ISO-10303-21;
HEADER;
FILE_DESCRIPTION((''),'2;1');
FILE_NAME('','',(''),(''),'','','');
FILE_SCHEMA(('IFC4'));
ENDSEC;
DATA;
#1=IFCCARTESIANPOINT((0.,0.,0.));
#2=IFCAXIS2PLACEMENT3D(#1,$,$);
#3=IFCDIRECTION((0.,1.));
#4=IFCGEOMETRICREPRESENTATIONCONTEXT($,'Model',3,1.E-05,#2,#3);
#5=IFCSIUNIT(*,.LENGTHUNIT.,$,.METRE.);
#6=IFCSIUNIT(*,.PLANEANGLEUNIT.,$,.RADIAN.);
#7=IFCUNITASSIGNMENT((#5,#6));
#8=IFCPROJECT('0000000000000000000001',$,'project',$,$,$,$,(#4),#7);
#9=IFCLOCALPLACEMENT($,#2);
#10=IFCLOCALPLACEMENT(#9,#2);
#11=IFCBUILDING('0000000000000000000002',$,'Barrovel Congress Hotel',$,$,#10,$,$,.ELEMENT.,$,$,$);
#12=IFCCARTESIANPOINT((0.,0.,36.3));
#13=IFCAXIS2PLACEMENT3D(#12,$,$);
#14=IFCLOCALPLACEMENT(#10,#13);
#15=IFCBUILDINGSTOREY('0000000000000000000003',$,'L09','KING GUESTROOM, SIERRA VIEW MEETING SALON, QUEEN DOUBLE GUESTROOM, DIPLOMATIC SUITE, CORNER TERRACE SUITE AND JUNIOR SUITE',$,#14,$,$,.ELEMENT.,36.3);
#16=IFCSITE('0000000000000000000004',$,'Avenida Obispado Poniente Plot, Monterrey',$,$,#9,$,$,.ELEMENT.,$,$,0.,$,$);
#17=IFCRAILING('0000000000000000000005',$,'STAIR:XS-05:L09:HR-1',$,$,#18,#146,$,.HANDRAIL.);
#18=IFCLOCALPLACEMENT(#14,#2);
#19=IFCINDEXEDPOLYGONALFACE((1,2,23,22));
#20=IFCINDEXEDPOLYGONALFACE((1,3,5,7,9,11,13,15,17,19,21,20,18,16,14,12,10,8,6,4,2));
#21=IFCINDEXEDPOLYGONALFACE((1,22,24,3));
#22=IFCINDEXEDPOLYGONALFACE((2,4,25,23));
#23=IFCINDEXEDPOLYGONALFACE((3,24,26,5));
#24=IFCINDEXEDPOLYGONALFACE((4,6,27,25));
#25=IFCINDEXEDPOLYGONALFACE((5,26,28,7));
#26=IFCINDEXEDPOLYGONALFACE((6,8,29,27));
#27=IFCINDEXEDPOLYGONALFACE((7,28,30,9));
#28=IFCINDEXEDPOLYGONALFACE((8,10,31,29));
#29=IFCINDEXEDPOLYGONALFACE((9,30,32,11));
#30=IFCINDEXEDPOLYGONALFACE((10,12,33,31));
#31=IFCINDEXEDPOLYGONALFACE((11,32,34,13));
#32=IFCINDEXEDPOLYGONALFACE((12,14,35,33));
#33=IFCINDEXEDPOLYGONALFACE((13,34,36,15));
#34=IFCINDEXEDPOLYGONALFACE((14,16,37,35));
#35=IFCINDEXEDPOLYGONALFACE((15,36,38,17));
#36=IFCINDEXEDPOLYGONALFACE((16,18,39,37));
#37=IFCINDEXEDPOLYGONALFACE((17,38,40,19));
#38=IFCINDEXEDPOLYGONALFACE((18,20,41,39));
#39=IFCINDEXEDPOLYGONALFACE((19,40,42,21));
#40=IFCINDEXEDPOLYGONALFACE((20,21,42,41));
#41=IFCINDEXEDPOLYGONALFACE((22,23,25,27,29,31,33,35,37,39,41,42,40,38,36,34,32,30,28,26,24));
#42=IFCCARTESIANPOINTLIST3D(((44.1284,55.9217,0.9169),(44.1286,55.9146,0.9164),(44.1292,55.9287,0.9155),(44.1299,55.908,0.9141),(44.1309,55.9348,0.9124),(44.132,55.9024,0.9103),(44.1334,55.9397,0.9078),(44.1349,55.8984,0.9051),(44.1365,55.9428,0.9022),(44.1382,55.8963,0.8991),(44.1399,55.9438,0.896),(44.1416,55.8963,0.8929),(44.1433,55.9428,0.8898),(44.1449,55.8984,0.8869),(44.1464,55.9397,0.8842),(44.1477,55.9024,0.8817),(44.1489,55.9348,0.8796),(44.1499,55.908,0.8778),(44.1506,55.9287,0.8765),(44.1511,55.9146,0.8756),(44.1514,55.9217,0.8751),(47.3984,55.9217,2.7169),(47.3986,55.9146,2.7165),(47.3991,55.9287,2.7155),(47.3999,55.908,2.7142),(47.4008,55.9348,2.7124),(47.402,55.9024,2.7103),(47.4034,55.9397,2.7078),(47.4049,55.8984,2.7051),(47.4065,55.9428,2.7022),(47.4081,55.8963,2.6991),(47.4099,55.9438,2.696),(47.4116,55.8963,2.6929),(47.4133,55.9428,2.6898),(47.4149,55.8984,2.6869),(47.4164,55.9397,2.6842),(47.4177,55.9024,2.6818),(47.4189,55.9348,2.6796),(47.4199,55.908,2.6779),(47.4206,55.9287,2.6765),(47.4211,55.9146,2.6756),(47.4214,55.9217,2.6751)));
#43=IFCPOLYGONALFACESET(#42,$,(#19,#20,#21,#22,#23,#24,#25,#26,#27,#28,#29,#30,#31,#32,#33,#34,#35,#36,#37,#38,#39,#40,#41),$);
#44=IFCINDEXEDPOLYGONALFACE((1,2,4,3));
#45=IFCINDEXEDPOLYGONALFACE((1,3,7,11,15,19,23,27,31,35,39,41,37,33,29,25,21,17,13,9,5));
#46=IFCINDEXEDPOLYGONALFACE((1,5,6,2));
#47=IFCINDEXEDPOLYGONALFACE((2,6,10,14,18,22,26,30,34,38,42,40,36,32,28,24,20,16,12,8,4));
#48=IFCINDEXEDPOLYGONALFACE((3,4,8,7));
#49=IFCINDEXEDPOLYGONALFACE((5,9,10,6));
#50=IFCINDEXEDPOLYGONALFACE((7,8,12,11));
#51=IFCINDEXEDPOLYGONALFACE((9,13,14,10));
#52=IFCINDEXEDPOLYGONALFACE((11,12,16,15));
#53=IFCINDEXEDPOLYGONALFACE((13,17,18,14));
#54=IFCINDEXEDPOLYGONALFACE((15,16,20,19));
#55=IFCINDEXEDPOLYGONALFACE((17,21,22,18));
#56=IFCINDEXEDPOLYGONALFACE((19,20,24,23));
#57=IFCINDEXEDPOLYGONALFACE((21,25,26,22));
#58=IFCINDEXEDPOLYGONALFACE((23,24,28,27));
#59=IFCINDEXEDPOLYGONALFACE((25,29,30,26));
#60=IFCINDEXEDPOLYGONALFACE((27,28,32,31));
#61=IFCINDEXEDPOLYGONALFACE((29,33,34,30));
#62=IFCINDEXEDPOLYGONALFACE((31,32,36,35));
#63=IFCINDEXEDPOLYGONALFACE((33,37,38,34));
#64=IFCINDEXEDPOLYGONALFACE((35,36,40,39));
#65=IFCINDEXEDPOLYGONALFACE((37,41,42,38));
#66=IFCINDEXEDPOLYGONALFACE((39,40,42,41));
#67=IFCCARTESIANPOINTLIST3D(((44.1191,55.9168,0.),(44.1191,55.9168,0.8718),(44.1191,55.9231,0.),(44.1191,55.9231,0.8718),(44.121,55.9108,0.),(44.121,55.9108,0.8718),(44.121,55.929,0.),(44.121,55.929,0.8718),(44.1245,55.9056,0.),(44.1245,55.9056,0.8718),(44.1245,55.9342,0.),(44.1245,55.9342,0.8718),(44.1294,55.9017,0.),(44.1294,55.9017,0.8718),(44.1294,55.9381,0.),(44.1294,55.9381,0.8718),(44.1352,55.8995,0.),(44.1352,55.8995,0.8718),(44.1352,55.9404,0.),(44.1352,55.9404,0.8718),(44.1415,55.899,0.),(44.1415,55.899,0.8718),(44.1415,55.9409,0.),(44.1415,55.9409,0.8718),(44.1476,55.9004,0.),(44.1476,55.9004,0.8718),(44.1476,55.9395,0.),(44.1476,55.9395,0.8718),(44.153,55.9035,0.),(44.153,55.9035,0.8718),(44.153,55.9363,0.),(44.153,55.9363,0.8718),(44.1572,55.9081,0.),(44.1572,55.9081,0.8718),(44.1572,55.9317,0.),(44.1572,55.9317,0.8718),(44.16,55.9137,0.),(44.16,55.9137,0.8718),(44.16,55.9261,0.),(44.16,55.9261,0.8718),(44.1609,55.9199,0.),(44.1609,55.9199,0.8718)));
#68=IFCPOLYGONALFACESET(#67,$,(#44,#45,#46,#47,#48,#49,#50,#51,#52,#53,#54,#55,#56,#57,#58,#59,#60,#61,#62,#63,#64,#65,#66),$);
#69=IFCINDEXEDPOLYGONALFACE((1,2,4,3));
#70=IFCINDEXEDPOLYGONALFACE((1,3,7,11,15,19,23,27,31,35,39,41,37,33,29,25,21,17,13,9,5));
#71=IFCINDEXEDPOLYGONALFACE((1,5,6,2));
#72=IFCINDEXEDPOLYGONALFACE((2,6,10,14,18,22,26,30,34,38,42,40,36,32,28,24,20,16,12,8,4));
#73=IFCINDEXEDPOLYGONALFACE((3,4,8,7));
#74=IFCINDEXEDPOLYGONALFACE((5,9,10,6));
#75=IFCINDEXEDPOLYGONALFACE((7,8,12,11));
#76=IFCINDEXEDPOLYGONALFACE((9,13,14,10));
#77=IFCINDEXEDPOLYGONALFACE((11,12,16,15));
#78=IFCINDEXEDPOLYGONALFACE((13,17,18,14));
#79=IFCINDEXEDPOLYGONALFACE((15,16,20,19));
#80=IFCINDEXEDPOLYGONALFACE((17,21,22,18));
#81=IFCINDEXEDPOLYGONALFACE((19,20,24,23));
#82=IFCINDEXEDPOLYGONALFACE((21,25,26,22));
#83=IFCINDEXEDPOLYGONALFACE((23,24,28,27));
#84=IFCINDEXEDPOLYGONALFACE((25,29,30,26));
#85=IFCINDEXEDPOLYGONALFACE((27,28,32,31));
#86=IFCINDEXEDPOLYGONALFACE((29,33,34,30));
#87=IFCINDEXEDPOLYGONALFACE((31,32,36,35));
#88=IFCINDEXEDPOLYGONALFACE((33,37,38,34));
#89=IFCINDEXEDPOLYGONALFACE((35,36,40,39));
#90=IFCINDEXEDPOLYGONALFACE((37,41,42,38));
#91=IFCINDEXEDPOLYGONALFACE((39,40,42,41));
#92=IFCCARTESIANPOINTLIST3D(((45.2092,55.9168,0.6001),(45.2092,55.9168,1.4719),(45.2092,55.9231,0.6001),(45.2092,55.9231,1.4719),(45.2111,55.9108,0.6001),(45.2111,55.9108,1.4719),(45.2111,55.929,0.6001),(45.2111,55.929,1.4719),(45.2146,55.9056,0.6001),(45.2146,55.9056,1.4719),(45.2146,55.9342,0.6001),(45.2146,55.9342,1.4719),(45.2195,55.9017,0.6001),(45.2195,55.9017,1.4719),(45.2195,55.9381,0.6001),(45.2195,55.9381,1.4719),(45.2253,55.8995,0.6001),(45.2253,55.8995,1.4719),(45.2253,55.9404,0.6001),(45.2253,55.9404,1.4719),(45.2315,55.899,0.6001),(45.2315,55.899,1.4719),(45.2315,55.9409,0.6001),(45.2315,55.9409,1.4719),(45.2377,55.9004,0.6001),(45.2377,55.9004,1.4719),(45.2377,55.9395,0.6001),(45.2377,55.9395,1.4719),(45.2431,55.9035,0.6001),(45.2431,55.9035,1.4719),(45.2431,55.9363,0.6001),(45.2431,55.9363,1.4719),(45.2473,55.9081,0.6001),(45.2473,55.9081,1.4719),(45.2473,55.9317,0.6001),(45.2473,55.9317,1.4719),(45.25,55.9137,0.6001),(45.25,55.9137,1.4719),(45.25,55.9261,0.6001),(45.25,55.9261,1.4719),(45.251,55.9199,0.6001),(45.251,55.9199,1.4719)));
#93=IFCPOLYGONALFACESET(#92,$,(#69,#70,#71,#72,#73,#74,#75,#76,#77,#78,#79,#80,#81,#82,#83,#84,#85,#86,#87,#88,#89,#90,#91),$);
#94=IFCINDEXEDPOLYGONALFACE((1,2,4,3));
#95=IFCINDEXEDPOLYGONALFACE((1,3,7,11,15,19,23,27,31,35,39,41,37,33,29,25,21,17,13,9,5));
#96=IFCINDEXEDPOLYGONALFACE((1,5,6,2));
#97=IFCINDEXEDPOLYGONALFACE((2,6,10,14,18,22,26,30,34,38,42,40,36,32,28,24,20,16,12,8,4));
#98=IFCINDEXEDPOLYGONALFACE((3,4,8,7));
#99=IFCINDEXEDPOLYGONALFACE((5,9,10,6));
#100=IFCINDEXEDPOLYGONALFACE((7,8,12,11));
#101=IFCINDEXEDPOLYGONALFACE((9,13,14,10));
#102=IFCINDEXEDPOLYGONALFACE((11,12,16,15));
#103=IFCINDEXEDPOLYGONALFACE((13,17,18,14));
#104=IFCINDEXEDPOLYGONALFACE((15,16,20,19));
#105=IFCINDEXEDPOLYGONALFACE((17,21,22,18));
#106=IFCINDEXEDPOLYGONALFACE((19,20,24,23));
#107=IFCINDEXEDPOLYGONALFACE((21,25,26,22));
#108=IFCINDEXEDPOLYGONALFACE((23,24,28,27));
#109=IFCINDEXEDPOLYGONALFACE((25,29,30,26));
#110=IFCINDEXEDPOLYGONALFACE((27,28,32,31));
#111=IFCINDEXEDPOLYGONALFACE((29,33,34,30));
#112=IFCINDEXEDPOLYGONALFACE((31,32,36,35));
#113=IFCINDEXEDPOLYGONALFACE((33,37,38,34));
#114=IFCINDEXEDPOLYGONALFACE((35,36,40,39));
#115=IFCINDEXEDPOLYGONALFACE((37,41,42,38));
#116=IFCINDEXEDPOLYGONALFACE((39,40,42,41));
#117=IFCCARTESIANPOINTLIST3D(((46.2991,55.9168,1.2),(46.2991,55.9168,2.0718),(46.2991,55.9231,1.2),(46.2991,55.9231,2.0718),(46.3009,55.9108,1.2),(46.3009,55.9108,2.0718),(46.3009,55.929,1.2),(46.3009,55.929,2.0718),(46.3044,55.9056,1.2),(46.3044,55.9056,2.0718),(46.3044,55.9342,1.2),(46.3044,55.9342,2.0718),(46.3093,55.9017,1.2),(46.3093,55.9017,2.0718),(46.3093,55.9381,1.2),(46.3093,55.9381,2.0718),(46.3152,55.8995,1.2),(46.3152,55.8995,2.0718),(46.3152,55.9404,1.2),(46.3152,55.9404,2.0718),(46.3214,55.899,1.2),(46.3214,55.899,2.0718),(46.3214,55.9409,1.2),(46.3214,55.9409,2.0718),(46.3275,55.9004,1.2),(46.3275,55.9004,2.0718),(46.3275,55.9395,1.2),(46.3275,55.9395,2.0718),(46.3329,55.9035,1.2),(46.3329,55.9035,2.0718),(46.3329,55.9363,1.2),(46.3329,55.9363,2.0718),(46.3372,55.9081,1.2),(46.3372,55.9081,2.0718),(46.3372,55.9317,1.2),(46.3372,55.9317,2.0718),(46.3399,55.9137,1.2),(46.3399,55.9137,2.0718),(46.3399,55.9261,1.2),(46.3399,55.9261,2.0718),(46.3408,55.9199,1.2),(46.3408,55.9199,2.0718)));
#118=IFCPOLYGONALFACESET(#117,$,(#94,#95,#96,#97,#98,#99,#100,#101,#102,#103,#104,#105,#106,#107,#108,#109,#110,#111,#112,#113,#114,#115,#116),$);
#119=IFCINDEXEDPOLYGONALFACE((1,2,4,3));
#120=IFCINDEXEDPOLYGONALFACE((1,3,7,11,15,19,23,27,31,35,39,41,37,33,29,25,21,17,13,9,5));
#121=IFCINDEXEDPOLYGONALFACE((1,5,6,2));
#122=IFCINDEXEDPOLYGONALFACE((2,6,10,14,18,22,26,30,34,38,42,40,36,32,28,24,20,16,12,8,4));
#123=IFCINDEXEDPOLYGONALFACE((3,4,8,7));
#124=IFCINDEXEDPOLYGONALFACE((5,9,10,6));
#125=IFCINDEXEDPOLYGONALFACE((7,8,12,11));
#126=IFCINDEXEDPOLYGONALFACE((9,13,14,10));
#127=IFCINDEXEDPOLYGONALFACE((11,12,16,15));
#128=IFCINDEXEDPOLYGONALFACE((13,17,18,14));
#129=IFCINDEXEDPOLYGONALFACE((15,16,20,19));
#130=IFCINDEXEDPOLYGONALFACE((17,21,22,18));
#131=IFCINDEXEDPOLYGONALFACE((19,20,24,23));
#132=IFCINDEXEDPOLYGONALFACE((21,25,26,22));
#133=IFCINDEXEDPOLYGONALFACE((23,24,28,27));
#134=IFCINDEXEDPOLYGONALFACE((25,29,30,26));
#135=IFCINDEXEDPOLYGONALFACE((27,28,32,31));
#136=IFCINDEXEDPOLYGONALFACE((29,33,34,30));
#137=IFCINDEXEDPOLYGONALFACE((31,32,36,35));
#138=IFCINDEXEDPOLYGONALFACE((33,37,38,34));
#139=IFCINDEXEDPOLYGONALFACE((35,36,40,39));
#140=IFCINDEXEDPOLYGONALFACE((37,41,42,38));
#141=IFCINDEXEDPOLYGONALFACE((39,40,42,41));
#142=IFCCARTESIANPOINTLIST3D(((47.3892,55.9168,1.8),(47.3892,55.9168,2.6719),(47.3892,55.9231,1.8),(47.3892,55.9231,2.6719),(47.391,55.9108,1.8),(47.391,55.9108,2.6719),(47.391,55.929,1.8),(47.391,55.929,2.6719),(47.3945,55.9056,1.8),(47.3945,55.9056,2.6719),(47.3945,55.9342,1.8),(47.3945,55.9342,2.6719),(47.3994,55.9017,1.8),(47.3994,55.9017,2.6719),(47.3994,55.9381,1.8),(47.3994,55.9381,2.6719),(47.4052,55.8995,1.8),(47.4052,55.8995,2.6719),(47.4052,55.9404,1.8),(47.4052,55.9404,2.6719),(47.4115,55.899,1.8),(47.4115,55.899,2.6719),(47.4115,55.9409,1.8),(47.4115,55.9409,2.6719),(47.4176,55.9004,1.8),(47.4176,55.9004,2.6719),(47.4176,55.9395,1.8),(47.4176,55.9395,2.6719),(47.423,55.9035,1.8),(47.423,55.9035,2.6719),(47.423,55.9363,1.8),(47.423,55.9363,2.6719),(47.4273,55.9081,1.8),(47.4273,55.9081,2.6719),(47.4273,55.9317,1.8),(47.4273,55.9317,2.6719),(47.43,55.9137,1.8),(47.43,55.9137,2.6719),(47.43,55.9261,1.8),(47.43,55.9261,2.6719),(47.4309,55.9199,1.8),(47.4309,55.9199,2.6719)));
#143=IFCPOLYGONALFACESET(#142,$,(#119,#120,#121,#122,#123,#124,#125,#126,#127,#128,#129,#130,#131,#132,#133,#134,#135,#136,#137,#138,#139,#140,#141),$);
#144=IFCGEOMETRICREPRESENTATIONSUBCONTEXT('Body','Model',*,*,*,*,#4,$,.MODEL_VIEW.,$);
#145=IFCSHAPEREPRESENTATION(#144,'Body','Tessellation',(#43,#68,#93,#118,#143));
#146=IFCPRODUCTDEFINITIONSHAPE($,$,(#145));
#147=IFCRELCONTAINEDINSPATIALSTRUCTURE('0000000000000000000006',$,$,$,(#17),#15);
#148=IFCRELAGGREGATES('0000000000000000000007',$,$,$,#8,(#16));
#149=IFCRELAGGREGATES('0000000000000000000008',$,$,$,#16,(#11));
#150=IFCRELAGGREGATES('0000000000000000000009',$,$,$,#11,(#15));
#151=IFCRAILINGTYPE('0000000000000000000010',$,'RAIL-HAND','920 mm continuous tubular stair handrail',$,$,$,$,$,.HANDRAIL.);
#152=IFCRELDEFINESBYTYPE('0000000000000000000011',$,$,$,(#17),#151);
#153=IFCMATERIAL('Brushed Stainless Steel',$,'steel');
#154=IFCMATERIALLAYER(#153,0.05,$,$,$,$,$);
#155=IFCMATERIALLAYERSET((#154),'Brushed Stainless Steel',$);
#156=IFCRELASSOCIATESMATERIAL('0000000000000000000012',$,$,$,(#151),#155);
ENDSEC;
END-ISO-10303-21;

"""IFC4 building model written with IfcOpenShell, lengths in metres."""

from ifc_helpers import new_model, si_unit, direction, frame, origin, origin_2d, place, context, subcontext, project, spatial, circle, extrude, material, layer, layer_set, type_object, element, save


model = new_model("IFC4")

# Units and contexts
model_context = context("Model", 3, precision=1e-05, world=origin(), true_north=direction((0.0, 1.0)))
body_context = subcontext(model_context, "Body", "Model", "MODEL_VIEW")
ifc_project = project(units=[si_unit("LENGTHUNIT", "METRE"), si_unit("PLANEANGLEUNIT", "RADIAN")], contexts=[model_context])

# Site, building, storey
site_placement = place(None, origin())
site = spatial("IfcSite", under=ifc_project, at=site_placement, Name="Avenida Obispado Poniente Plot, Monterrey", CompositionType="ELEMENT", RefElevation=0.0)
building_placement = place(site_placement, origin())
building = spatial("IfcBuilding", under=site, at=building_placement, Name="Barrovel Congress Hotel", CompositionType="ELEMENT")
storey_placement = place(building_placement, frame((0.0, 0.0, 36.3)))
storey = spatial("IfcBuildingStorey", under=building, at=storey_placement, Name="L09", Description="KING GUESTROOM, SIERRA VIEW MEETING SALON, QUEEN DOUBLE GUESTROOM, DIPLOMATIC SUITE, CORNER TERRACE SUITE AND JUNIOR SUITE", CompositionType="ELEMENT", Elevation=36.3)

# Railing
ifc_material_1 = material(Name="Brushed Stainless Steel", Category="steel")
ifc_layer_1 = layer(ifc_material_1, 0.05)
ifc_layer_set_1 = layer_set([ifc_layer_1], Name="Brushed Stainless Steel")
railing_type_1 = type_object("IfcRailingType", Name="RAIL-HAND", Description="920 mm continuous tubular stair handrail", PredefinedType="HANDRAIL", material=ifc_layer_set_1)
railing_1_placement = place(storey_placement, frame((44.1399, 55.9199, 0.0)))
element("IfcRailing", 1, at=railing_1_placement, inside=storey, type_object=railing_type_1, Name="STAIR:XS-05:L09:HR-1", PredefinedType="HANDRAIL", context=body_context, shape_type="SweptSolid", body=[
    extrude(circle(Radius=0.0239, at=origin_2d()), frame((0.0, 0.0, 0.896), z_axis=(0.876042, 0.0, 0.482235), x_axis=(0.0, 1.0, 0.0)), (0.0, 0.0, 1.0), 3.7327),
    extrude(circle(Radius=0.021, at=origin_2d()), origin(), (0.0, 0.0, 1.0), 0.8718),
    extrude(circle(Radius=0.021, at=origin_2d()), frame((1.0901, 0.0, 0.6001)), (0.0, 0.0, 1.0), 0.8718),
    extrude(circle(Radius=0.021, at=origin_2d()), frame((2.1799, 0.0, 1.2)), (0.0, 0.0, 1.0), 0.8718),
    extrude(circle(Radius=0.021, at=origin_2d()), frame((3.27, 0.0, 1.8)), (0.0, 0.0, 1.0), 0.8718),
])

save(model, "model.ifc")
